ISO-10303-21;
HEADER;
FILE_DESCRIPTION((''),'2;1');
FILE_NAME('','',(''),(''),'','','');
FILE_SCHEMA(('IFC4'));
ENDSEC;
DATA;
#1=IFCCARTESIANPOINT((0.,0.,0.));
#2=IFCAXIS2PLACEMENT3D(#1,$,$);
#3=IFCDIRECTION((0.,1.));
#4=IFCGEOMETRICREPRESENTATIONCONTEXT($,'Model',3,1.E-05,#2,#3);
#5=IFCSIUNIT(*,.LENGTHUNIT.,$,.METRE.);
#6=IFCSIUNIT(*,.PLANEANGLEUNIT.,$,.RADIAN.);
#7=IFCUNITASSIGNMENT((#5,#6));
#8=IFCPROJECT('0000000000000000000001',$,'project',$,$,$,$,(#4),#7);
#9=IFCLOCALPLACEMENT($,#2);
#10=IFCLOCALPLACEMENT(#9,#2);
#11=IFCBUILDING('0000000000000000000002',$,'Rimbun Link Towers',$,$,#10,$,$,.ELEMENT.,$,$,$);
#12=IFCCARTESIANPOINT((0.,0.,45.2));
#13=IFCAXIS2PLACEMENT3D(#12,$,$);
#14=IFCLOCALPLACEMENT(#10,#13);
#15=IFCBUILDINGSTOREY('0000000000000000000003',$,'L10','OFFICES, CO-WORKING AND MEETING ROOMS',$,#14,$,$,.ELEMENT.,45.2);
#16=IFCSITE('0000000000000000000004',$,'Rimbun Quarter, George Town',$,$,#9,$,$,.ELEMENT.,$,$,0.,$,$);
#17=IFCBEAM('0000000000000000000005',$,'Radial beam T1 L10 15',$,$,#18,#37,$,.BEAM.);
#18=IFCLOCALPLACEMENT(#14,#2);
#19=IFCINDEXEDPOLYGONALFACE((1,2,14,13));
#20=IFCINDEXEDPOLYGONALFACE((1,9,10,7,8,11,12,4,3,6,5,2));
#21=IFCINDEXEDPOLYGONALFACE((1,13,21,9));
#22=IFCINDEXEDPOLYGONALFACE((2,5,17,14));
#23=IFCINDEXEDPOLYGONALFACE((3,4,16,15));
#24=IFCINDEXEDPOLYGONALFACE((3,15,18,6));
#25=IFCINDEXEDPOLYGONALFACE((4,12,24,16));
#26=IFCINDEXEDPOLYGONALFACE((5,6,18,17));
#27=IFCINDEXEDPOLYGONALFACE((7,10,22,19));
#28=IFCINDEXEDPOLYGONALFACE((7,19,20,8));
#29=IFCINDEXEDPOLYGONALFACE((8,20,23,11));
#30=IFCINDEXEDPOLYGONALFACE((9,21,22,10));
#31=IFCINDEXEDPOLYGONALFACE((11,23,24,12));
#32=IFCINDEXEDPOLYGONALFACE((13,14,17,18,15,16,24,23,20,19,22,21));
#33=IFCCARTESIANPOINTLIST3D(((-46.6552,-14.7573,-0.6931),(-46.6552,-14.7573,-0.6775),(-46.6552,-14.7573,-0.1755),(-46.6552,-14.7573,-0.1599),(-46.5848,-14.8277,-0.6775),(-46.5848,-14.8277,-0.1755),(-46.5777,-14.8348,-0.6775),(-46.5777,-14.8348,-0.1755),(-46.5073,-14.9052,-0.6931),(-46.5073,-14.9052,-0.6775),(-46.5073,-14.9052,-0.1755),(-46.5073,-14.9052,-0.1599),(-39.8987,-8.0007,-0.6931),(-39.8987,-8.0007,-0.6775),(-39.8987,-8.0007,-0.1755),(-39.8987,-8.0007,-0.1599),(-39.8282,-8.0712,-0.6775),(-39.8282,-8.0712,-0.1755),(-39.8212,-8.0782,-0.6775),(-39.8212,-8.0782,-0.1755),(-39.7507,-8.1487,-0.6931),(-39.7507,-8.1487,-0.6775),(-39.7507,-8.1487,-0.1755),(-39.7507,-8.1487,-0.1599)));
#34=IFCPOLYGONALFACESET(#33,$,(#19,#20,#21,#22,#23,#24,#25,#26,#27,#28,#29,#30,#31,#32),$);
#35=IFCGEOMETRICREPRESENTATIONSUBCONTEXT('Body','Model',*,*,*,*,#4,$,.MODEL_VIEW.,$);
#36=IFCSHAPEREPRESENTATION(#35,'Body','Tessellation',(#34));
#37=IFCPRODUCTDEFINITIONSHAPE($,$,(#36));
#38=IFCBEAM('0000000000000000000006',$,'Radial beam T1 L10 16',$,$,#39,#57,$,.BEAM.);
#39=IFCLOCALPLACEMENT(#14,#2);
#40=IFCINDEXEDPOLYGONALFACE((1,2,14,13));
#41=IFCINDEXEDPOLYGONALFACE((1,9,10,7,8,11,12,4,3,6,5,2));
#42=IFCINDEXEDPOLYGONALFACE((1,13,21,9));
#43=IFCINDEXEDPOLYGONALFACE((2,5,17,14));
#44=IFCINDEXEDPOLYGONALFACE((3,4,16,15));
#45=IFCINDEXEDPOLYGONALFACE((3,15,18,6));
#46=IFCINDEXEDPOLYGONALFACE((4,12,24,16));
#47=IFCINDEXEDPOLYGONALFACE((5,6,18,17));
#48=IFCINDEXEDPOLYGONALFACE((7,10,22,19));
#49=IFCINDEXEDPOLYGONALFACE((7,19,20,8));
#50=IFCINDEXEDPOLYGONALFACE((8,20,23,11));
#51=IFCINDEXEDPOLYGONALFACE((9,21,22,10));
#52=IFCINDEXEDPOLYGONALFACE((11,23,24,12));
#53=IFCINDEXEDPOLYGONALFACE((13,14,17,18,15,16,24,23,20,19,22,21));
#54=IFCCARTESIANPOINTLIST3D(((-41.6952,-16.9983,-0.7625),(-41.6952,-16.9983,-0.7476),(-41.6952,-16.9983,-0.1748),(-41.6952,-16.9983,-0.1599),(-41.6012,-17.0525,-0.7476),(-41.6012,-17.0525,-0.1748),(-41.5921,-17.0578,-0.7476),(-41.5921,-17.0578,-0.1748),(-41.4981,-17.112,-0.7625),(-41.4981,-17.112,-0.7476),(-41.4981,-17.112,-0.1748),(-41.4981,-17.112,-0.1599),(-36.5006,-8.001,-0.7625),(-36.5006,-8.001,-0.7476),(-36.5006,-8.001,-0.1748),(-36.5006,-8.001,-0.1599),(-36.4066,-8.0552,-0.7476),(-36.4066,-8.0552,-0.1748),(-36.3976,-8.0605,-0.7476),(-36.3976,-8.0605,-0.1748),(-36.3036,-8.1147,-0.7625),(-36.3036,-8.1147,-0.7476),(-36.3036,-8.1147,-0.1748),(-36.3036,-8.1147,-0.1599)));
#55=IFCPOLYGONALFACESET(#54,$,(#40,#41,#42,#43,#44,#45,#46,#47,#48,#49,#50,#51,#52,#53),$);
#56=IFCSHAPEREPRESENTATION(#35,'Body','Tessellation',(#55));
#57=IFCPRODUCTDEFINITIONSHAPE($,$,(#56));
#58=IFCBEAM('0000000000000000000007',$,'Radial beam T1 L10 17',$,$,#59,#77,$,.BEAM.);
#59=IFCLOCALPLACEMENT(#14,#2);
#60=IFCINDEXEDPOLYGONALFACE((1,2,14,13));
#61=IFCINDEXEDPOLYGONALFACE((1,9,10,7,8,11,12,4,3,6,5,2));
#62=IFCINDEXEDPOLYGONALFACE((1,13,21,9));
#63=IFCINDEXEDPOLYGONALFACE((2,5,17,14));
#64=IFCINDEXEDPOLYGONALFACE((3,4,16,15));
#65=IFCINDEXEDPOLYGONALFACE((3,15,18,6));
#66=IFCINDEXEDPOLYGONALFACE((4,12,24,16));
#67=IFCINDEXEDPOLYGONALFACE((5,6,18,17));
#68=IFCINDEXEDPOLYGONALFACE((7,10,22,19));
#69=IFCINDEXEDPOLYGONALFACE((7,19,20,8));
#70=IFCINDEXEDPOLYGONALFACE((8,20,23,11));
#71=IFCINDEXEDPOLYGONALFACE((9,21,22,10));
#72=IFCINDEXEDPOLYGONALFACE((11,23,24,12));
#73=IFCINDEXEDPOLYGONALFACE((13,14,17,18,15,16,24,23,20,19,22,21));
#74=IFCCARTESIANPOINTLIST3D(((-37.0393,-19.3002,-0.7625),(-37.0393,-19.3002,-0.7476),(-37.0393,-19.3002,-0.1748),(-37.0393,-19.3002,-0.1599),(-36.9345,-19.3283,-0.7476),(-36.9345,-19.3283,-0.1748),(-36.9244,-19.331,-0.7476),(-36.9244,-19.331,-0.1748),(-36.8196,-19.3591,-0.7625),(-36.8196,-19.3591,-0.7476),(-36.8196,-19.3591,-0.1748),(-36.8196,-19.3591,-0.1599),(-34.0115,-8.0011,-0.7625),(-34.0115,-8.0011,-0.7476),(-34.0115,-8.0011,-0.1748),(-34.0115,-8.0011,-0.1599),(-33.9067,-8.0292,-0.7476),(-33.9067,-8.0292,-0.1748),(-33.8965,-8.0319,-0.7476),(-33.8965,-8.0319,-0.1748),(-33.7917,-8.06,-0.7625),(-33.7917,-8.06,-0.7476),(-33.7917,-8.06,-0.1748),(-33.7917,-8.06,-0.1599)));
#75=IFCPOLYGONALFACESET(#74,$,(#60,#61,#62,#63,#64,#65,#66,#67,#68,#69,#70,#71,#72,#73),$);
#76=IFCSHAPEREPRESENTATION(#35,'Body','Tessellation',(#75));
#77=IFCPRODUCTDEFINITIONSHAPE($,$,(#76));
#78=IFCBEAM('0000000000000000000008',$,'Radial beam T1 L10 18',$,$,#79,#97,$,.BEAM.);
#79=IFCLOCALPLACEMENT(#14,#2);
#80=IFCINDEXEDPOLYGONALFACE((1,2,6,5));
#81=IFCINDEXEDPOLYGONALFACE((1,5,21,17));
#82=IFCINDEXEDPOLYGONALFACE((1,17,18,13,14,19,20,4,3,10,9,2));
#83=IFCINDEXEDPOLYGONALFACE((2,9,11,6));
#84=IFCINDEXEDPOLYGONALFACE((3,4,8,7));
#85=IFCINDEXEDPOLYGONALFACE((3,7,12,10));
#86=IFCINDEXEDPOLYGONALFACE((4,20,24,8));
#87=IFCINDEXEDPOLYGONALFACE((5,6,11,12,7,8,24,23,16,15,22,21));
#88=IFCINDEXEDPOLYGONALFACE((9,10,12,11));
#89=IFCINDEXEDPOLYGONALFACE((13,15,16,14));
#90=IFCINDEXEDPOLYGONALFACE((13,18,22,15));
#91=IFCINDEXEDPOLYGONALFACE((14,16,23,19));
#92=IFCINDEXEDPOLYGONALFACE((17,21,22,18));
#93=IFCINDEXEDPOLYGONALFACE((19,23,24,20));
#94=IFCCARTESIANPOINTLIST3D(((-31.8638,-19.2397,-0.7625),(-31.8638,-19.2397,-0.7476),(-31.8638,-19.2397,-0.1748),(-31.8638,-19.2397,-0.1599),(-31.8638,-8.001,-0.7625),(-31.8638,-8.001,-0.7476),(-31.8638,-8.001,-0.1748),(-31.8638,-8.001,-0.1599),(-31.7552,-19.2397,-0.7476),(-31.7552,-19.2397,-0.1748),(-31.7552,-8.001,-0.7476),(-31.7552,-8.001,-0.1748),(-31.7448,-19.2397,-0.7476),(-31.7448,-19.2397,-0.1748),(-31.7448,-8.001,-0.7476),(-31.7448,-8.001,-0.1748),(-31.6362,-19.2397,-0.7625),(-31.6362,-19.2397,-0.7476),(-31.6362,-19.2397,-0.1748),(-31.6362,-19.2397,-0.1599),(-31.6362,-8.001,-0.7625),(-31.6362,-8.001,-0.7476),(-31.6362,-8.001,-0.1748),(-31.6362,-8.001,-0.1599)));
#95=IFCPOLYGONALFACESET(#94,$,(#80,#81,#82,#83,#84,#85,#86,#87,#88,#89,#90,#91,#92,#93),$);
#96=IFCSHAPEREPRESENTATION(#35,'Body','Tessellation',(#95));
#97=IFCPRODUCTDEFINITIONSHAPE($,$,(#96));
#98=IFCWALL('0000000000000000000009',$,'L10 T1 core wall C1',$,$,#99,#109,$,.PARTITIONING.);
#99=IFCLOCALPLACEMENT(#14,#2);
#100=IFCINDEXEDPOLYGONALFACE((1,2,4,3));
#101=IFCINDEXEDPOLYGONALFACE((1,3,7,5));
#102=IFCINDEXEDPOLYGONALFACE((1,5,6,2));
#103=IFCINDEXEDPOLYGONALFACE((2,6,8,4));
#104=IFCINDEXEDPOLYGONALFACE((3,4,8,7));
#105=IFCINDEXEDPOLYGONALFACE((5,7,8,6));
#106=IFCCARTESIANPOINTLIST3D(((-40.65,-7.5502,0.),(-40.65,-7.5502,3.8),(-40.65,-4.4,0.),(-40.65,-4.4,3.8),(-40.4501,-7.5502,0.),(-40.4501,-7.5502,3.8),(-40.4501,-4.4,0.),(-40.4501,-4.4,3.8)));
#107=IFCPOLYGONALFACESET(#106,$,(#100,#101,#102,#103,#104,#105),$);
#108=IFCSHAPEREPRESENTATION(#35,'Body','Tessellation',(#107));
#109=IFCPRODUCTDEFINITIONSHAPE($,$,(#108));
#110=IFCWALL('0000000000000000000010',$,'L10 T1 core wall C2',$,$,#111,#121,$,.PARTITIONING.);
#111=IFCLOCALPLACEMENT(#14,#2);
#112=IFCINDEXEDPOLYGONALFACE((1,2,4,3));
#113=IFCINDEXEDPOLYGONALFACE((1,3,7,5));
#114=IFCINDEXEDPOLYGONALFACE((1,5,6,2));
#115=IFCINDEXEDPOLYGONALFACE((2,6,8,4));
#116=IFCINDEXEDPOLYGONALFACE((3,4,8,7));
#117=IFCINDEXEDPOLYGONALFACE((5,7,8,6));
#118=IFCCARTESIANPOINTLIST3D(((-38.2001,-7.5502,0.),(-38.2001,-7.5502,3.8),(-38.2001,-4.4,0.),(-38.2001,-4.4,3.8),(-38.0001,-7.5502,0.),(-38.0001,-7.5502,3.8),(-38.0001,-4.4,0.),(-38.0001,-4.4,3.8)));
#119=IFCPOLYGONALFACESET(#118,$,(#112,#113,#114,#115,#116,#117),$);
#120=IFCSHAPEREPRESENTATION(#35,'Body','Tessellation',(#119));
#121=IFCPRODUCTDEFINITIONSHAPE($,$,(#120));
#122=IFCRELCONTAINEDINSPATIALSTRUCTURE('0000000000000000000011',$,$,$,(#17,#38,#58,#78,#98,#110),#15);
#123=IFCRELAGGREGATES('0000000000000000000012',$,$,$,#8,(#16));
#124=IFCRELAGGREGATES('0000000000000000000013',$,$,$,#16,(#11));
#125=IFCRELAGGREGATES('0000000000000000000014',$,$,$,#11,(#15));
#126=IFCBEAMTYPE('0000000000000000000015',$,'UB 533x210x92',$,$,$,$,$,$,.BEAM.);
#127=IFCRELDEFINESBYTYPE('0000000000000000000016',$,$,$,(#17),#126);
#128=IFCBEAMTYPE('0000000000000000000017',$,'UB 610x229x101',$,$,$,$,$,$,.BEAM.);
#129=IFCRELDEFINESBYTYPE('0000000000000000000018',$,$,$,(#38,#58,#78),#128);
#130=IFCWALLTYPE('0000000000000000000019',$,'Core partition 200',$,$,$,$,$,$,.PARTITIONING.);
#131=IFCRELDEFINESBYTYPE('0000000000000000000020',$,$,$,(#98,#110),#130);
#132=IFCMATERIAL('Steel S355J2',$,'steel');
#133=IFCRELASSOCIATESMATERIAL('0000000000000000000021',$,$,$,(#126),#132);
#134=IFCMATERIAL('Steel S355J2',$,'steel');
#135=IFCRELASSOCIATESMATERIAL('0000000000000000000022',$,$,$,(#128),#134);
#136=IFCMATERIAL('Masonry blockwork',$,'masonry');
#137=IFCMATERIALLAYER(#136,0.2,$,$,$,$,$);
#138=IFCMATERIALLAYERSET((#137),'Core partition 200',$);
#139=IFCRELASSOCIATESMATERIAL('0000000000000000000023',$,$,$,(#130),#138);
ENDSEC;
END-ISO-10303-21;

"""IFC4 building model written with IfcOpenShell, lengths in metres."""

from ifc_helpers import new_model, si_unit, direction, frame, frame_2d, origin, origin_2d, place, context, subcontext, project, spatial, rectangle, i_section, extrude, material, layer, layer_set, material_profile, profile_set, type_object, element, save


model = new_model("IFC4")

# Units and contexts
model_context = context("Model", 3, precision=1e-05, world=origin(), true_north=direction((0.0, 1.0)))
body_context = subcontext(model_context, "Body", "Model", "MODEL_VIEW")
ifc_project = project(units=[si_unit("LENGTHUNIT", "METRE"), si_unit("PLANEANGLEUNIT", "RADIAN")], contexts=[model_context])

# Site, building, storey
site_placement = place(None, origin())
site = spatial("IfcSite", under=ifc_project, at=site_placement, Name="Rimbun Quarter, George Town", CompositionType="ELEMENT", RefElevation=0.0)
building_placement = place(site_placement, origin())
building = spatial("IfcBuilding", under=site, at=building_placement, Name="Rimbun Link Towers", CompositionType="ELEMENT")
storey_placement = place(building_placement, frame((0.0, 0.0, 45.2)))
storey = spatial("IfcBuildingStorey", under=building, at=storey_placement, Name="L10", Description="OFFICES, CO-WORKING AND MEETING ROOMS", CompositionType="ELEMENT", Elevation=45.2)

# Beams
ifc_material_1 = material(Name="Steel S355J2", Category="steel")
ifc_material_profile_1 = material_profile(ifc_material_1, i_section(OverallWidth=0.2092, OverallDepth=0.5332, WebThickness=0.01, FlangeThickness=0.0156, at=origin_2d()), Name="UB 533x210x92")
ifc_profile_set_1 = profile_set([ifc_material_profile_1], Name="Steel S355J2")
beam_type_1 = type_object("IfcBeamType", Name="UB 533x210x92", PredefinedType="BEAM", material=ifc_profile_set_1)
beam_1_placement = place(storey_placement, frame((-39.8247, -8.0747, -0.4265), z_axis=(-0.707107, -0.707107, 0.0), x_axis=(0.707107, -0.707107, 0.0)))
element("IfcBeam", 1, at=beam_1_placement, inside=storey, type_object=beam_type_1, Name="Radial beam T1 L10 15", PredefinedType="BEAM", context=body_context, shape_type="SweptSolid", body=[
    extrude(i_section(OverallWidth=0.2092, OverallDepth=0.5332, WebThickness=0.01, FlangeThickness=0.0156, at=origin_2d()), origin(), (0.0, 0.0, 1.0), 9.5552),
])
ifc_material_2 = material(Name="Steel S355J2", Category="steel")
ifc_material_profile_2 = material_profile(ifc_material_2, i_section(OverallWidth=0.2275, OverallDepth=0.6025, WebThickness=0.0105, FlangeThickness=0.0149, at=origin_2d()), Name="UB 610x229x101")
ifc_profile_set_2 = profile_set([ifc_material_profile_2], Name="Steel S355J2")
beam_type_2 = type_object("IfcBeamType", Name="UB 610x229x101", PredefinedType="BEAM", material=ifc_profile_set_2)
beam_2_placement = place(storey_placement, frame((-36.4021, -8.0579, -0.4612), z_axis=(-0.499998, -0.866026, 0.0), x_axis=(0.866026, -0.499998, 0.0)))
element("IfcBeam", 2, at=beam_2_placement, inside=storey, type_object=beam_type_2, Name="Radial beam T1 L10 16", PredefinedType="BEAM", context=body_context, shape_type="SweptSolid", body=[
    extrude(i_section(OverallWidth=0.2275, OverallDepth=0.6025, WebThickness=0.0105, FlangeThickness=0.0149, at=origin_2d()), origin(), (0.0, 0.0, 1.0), 10.3892),
])
beam_3_placement = place(storey_placement, frame((-33.9016, -8.0305, -0.4612), z_axis=(-0.258839, -0.96592, 0.0), x_axis=(0.96592, -0.258839, 0.0)))
element("IfcBeam", 3, at=beam_3_placement, inside=storey, type_object=beam_type_2, Name="Radial beam T1 L10 17", PredefinedType="BEAM", context=body_context, shape_type="SweptSolid", body=[
    extrude(i_section(OverallWidth=0.2275, OverallDepth=0.6025, WebThickness=0.0105, FlangeThickness=0.0149, at=origin_2d()), origin(), (0.0, 0.0, 1.0), 11.6978),
])
beam_4_placement = place(storey_placement, frame((-31.75, -8.001, -0.4612), z_axis=(0.0, -1.0, 0.0), x_axis=(1.0, 0.0, 0.0)))
element("IfcBeam", 4, at=beam_4_placement, inside=storey, type_object=beam_type_2, Name="Radial beam T1 L10 18", PredefinedType="BEAM", context=body_context, shape_type="SweptSolid", body=[
    extrude(i_section(OverallWidth=0.2275, OverallDepth=0.6025, WebThickness=0.0105, FlangeThickness=0.0149, at=origin_2d()), origin(), (0.0, 0.0, 1.0), 11.2388),
])

# Walls
ifc_material_3 = material(Name="Masonry blockwork", Category="masonry")
ifc_layer_1 = layer(ifc_material_3, 0.2)
ifc_layer_set_1 = layer_set([ifc_layer_1], Name="Core partition 200")
wall_type_1 = type_object("IfcWallType", Name="Core partition 200", PredefinedType="PARTITIONING", material=ifc_layer_set_1)
for number, where, z_axis, x_axis, name in (
    (5, (-40.55, -4.3999, 0.0), (0.0, 0.0, 1.0), (0.0, -1.0, 0.0), "L10 T1 core wall C1"),
    (6, (-38.1001, -4.3999, 0.0), (0.0, 0.0, 1.0), (0.0, -1.0, 0.0), "L10 T1 core wall C2"),
):
    element("IfcWall", number, at=place(storey_placement, frame(where, z_axis=z_axis, x_axis=x_axis)), inside=storey, type_object=wall_type_1, Name=name, PredefinedType="PARTITIONING", context=body_context, shape_type="SweptSolid", body=[
        extrude(rectangle(XDim=3.1501, YDim=0.2, at=frame_2d((1.5752, 0.0))), origin(), (0.0, 0.0, 1.0), 3.8),
    ])

save(model, "model.ifc")
